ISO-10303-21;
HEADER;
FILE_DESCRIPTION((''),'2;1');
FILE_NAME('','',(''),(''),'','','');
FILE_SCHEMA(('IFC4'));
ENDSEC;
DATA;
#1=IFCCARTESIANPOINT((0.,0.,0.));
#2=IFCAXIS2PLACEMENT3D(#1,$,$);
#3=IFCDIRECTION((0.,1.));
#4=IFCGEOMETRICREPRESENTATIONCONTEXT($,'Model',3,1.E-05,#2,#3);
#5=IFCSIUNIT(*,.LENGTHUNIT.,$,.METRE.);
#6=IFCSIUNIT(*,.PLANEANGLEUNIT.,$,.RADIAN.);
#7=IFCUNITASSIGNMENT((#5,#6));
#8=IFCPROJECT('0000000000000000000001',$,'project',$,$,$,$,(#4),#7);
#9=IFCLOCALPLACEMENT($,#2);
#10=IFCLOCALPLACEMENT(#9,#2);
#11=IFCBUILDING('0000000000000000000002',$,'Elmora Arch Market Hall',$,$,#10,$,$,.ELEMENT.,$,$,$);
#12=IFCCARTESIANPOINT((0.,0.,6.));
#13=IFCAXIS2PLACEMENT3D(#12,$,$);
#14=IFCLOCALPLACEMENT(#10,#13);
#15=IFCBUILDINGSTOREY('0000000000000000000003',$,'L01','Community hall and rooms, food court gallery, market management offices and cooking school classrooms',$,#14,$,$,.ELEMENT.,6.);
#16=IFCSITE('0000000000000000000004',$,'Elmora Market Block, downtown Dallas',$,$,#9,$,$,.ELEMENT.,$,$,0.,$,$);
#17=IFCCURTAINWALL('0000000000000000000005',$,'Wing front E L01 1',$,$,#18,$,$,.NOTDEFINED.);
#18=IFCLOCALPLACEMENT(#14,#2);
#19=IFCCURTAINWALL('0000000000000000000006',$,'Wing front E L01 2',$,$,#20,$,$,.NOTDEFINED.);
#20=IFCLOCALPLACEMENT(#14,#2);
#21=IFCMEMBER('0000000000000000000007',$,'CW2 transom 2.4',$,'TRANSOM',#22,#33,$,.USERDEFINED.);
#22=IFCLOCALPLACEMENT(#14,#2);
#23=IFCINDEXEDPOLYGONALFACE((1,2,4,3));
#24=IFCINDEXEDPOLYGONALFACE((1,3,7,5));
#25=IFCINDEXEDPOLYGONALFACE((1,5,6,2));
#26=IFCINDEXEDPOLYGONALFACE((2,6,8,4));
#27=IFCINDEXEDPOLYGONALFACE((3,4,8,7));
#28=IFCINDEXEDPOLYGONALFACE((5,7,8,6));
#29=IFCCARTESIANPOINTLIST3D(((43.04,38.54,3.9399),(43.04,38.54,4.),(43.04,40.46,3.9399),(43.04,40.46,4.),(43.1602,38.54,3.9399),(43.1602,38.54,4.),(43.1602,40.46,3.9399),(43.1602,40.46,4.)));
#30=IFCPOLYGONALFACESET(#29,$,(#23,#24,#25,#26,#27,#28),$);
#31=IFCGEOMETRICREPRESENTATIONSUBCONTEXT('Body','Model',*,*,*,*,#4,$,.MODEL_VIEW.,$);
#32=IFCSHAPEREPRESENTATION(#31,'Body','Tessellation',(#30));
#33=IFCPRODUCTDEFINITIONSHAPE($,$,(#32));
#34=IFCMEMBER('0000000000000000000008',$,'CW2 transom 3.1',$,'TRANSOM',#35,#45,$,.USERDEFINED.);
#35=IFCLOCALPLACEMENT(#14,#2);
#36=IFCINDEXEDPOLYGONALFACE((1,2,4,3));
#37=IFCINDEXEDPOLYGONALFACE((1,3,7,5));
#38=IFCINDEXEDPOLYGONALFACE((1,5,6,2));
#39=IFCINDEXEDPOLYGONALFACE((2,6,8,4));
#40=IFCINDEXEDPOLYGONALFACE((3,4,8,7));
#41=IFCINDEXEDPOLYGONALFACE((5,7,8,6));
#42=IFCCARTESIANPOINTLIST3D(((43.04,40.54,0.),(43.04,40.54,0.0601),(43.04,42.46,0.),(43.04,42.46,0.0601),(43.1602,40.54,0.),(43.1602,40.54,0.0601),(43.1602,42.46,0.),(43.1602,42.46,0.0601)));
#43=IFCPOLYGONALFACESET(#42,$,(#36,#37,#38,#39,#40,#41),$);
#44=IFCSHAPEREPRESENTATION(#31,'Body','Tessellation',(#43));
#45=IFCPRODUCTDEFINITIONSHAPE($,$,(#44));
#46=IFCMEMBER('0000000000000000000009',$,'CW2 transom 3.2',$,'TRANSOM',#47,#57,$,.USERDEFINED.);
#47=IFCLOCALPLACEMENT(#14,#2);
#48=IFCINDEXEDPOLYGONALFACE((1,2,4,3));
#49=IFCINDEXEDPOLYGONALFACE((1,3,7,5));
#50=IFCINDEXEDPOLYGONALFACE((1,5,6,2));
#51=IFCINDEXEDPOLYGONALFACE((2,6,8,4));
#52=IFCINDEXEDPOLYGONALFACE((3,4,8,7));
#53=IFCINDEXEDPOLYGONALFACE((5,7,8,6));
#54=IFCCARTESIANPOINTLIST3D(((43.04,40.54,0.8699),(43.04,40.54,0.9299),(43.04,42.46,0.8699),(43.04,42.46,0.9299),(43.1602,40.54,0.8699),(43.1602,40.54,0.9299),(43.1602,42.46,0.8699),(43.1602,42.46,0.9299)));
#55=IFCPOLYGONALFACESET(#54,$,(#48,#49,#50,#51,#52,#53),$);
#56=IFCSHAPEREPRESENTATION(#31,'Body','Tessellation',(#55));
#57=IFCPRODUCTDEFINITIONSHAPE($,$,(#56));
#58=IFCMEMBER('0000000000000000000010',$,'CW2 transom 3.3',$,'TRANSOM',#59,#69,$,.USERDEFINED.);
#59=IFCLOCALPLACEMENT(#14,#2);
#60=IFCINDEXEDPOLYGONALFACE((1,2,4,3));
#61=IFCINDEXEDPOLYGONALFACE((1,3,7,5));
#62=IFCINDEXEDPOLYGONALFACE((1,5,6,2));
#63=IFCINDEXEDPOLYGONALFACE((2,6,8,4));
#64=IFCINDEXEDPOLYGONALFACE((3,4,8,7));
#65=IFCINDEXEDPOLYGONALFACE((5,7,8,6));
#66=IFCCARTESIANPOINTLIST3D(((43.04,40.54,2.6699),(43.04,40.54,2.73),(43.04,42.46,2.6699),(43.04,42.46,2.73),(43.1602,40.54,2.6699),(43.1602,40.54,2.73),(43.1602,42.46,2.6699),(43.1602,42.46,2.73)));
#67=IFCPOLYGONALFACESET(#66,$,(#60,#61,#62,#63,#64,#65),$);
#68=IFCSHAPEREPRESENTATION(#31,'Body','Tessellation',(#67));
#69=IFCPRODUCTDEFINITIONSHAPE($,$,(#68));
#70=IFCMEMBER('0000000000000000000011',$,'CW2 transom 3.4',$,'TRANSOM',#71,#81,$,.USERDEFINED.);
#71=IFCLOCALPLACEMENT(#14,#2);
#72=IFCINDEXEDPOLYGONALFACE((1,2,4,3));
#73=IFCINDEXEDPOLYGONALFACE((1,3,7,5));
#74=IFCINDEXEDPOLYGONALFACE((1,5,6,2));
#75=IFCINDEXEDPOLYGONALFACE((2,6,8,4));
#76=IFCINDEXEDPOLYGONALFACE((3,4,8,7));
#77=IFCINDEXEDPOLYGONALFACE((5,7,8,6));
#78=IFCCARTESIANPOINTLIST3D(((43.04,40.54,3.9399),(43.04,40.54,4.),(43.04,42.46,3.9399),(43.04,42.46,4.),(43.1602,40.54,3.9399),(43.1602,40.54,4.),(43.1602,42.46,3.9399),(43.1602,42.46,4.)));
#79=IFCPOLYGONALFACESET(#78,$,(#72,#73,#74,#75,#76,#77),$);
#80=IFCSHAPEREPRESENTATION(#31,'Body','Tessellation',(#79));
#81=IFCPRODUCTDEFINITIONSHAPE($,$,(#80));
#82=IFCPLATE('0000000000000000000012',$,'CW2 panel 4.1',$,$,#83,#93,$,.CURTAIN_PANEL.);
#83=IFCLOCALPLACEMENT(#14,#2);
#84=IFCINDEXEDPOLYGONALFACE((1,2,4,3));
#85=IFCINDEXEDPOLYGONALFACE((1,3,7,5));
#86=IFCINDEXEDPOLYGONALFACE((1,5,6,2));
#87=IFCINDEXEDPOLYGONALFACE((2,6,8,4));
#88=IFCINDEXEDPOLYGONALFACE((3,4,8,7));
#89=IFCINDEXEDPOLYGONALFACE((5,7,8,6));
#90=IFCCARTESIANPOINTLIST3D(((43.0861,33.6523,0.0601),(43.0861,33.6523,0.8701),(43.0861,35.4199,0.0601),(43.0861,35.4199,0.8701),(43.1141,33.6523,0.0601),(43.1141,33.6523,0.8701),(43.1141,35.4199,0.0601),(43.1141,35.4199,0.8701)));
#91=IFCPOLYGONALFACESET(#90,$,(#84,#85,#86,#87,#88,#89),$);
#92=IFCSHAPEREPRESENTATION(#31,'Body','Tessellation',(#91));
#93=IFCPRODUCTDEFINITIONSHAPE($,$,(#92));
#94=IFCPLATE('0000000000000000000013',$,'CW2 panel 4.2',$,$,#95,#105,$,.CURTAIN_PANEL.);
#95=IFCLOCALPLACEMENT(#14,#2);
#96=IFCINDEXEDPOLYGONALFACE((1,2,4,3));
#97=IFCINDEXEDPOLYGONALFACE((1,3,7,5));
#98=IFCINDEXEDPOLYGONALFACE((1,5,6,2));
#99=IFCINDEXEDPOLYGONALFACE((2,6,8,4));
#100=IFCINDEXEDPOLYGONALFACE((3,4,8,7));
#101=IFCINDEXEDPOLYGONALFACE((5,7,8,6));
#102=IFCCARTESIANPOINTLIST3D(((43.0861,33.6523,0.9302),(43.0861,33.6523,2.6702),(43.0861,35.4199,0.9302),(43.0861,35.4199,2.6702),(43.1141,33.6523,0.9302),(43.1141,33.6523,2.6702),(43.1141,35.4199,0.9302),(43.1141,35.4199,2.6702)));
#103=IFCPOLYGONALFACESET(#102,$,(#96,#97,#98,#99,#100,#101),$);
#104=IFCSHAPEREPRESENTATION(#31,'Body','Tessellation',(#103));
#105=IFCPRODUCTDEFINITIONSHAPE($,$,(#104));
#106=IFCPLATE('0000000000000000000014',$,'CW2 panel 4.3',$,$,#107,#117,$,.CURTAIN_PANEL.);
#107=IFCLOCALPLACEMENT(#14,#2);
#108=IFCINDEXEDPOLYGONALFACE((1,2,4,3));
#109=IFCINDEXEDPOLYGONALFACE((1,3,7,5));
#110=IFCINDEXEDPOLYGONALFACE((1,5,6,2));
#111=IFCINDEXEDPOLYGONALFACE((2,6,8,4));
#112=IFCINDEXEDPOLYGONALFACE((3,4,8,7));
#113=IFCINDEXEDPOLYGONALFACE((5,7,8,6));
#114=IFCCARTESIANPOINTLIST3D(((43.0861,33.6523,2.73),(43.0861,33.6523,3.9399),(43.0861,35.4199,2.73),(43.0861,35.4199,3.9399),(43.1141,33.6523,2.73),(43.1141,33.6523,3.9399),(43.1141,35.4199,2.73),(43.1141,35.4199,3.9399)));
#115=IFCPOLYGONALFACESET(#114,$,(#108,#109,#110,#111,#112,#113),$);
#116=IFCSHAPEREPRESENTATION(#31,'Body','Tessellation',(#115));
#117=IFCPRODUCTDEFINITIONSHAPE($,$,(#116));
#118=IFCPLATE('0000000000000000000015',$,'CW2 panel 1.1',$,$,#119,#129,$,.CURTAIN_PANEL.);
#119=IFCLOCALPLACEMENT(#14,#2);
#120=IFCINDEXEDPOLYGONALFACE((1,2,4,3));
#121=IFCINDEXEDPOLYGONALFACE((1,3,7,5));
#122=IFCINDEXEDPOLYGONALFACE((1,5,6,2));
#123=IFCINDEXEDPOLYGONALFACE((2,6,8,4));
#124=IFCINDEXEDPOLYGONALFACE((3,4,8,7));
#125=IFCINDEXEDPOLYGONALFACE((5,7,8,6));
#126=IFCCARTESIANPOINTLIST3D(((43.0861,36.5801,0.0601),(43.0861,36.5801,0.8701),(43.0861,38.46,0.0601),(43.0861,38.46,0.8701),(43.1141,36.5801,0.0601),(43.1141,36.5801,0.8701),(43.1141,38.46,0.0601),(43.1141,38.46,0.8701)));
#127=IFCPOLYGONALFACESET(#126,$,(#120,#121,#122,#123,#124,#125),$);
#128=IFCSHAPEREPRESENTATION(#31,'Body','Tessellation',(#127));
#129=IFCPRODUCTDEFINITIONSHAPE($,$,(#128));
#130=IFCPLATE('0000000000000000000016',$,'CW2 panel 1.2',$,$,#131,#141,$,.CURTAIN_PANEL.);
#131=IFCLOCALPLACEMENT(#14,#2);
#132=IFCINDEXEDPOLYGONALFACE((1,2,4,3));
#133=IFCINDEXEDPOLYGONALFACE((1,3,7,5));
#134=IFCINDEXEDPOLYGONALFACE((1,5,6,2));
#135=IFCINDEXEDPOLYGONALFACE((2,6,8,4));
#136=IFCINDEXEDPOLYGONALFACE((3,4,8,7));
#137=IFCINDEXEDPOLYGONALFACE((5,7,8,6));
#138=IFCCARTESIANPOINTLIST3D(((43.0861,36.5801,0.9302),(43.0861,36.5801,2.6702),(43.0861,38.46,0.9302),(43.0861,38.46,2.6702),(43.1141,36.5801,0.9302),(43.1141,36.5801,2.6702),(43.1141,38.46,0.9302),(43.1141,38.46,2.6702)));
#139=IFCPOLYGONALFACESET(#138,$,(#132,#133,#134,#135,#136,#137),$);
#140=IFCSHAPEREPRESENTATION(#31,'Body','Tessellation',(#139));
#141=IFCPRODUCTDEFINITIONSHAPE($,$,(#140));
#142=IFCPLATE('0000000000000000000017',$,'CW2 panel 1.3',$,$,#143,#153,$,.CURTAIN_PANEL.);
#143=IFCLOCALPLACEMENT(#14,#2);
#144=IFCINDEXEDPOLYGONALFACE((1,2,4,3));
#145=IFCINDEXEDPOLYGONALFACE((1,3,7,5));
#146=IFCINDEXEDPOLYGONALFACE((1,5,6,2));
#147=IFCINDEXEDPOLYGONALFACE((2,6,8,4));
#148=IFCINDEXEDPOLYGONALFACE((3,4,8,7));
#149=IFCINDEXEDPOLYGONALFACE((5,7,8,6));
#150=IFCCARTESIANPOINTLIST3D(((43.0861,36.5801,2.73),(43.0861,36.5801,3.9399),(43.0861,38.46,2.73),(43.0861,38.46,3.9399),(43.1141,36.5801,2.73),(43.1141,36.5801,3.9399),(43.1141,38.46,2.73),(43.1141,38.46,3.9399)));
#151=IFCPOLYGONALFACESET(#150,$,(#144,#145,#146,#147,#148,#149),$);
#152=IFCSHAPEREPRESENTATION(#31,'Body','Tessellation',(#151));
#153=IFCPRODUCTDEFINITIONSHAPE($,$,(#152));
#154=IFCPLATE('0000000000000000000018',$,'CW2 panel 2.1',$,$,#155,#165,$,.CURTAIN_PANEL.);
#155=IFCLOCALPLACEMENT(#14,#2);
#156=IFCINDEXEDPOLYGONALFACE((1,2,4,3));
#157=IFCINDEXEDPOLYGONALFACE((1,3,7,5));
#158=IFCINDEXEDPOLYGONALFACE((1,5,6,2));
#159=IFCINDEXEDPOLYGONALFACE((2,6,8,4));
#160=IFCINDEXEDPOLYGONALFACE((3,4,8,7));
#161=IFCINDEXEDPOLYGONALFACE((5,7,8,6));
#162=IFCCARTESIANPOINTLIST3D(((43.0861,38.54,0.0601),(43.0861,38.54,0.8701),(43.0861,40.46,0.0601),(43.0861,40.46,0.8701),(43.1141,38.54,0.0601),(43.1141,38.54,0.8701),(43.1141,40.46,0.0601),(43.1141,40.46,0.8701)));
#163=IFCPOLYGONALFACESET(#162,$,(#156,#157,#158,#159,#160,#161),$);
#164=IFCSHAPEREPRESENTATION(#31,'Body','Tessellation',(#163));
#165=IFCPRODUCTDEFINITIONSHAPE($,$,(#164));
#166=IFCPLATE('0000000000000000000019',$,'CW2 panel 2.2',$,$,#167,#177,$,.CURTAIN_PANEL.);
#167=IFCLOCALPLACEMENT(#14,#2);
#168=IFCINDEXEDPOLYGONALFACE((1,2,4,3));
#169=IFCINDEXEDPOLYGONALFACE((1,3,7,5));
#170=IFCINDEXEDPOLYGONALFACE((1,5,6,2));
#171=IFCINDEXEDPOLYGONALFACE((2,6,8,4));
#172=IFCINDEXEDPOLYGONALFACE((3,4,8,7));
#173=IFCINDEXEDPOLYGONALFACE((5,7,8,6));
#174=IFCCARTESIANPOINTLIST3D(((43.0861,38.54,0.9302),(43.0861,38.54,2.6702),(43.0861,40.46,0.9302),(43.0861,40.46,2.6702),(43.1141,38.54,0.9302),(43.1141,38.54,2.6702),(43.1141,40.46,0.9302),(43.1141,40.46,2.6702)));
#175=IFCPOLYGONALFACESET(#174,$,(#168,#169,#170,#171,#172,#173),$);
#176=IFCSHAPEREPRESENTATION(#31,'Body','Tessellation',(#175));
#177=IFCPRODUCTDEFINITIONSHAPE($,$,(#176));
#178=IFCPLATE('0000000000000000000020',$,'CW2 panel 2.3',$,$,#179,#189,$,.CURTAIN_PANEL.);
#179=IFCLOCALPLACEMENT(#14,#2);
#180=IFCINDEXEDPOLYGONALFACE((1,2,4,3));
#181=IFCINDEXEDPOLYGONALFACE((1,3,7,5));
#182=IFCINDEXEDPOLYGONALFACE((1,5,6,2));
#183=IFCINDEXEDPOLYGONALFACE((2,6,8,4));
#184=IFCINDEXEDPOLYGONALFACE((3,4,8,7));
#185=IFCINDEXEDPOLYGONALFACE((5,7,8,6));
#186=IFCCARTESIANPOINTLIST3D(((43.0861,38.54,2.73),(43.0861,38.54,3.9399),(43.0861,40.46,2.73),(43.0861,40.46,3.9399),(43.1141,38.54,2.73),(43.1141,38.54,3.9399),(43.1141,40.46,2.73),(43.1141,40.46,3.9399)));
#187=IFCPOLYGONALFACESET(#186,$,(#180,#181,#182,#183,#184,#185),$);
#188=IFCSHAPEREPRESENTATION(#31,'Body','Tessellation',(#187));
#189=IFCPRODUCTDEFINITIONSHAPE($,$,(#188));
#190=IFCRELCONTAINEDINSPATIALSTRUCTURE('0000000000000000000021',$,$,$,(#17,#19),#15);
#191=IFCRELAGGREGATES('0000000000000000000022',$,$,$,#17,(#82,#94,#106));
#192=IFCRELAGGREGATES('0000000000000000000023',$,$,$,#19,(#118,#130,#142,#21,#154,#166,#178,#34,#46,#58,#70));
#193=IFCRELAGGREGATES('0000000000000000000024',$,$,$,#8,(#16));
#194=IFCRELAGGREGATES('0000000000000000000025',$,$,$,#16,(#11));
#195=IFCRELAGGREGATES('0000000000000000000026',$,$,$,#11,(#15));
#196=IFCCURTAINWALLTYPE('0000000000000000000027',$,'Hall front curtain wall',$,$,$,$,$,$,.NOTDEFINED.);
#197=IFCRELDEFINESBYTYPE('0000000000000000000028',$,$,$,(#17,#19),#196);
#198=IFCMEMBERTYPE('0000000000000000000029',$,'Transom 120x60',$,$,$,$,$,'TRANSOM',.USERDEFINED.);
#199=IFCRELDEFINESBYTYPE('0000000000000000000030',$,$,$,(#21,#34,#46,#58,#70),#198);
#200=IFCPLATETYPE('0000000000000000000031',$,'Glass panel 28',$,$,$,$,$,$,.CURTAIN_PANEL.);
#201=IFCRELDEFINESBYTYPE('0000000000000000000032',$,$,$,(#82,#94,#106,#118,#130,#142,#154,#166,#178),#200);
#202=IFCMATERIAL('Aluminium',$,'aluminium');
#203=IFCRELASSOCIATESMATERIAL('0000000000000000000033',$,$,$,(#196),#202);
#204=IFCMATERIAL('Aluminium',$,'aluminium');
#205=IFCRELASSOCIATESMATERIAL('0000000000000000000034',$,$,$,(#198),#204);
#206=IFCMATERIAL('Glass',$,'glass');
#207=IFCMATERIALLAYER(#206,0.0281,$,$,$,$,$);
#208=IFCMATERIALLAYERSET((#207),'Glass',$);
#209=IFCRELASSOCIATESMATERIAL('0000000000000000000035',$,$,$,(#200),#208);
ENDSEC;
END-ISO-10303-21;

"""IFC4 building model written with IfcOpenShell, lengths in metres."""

from ifc_helpers import new_model, si_unit, direction, frame, origin, origin_2d, place, context, subcontext, project, spatial, rectangle, extrude, material, layer, layer_set, material_profile, profile_set, type_object, element, aggregate, save


model = new_model("IFC4")

# Units and contexts
model_context = context("Model", 3, precision=1e-05, world=origin(), true_north=direction((0.0, 1.0)))
body_context = subcontext(model_context, "Body", "Model", "MODEL_VIEW")
ifc_project = project(units=[si_unit("LENGTHUNIT", "METRE"), si_unit("PLANEANGLEUNIT", "RADIAN")], contexts=[model_context])

# Site, building, storey
site_placement = place(None, origin())
site = spatial("IfcSite", under=ifc_project, at=site_placement, Name="Elmora Market Block, downtown Dallas", CompositionType="ELEMENT", RefElevation=0.0)
building_placement = place(site_placement, origin())
building = spatial("IfcBuilding", under=site, at=building_placement, Name="Elmora Arch Market Hall", CompositionType="ELEMENT")
storey_placement = place(building_placement, frame((0.0, 0.0, 6.0)))
storey = spatial("IfcBuildingStorey", under=building, at=storey_placement, Name="L01", Description="Community hall and rooms, food court gallery, market management offices and cooking school classrooms", CompositionType="ELEMENT", Elevation=6.0)

# Curtain wall
ifc_material_1 = material(Name="Aluminium", Category="aluminium")
curtain_wall_type = type_object("IfcCurtainWallType", Name="Hall front curtain wall", PredefinedType="NOTDEFINED", material=ifc_material_1)
curtain_wall_1_placement = place(storey_placement, origin())
curtain_wall_1 = element("IfcCurtainWall", 1, at=curtain_wall_1_placement, inside=storey, type_object=curtain_wall_type, Name="Wing front E L01 1", PredefinedType="NOTDEFINED")

# Curtain wall
curtain_wall_2_placement = place(storey_placement, origin())
curtain_wall_2 = element("IfcCurtainWall", 2, at=curtain_wall_2_placement, inside=storey, type_object=curtain_wall_type, Name="Wing front E L01 2", PredefinedType="NOTDEFINED")

# Members
ifc_material_2 = material(Name="Aluminium", Category="aluminium")
ifc_material_profile_1 = material_profile(ifc_material_2, rectangle(XDim=0.1201, YDim=0.0601, at=origin_2d()), Name="AL 120x60")
ifc_profile_set_1 = profile_set([ifc_material_profile_1], Name="Aluminium")
member_type_1 = type_object("IfcMemberType", Name="Transom 120x60", ElementType="TRANSOM", PredefinedType="USERDEFINED", material=ifc_profile_set_1)
member_1_placement = place(storey_placement, frame((43.1001, 38.54, 3.97), z_axis=(0.0, 1.0, 0.0), x_axis=(-1.0, 0.0, 0.0)))
member_1 = element("IfcMember", 3, at=member_1_placement, type_object=member_type_1, Name="CW2 transom 2.4", ObjectType="TRANSOM", PredefinedType="USERDEFINED", context=body_context, shape_type="SweptSolid", body=[
    extrude(rectangle(XDim=0.1201, YDim=0.0601, at=origin_2d()), origin(), (0.0, 0.0, 1.0), 1.9199),
])
member_2_placement = place(storey_placement, frame((43.1001, 40.54, 0.03), z_axis=(0.0, 1.0, 0.0), x_axis=(-1.0, 0.0, 0.0)))
member_2 = element("IfcMember", 4, at=member_2_placement, type_object=member_type_1, Name="CW2 transom 3.1", ObjectType="TRANSOM", PredefinedType="USERDEFINED", context=body_context, shape_type="SweptSolid", body=[
    extrude(rectangle(XDim=0.1201, YDim=0.0601, at=origin_2d()), origin(), (0.0, 0.0, 1.0), 1.9199),
])
member_3_placement = place(storey_placement, frame((43.1001, 40.54, 0.8999), z_axis=(0.0, 1.0, 0.0), x_axis=(-1.0, 0.0, 0.0)))
member_3 = element("IfcMember", 5, at=member_3_placement, type_object=member_type_1, Name="CW2 transom 3.2", ObjectType="TRANSOM", PredefinedType="USERDEFINED", context=body_context, shape_type="SweptSolid", body=[
    extrude(rectangle(XDim=0.1201, YDim=0.0601, at=origin_2d()), origin(), (0.0, 0.0, 1.0), 1.9199),
])
member_4_placement = place(storey_placement, frame((43.1001, 40.54, 2.7), z_axis=(0.0, 1.0, 0.0), x_axis=(-1.0, 0.0, 0.0)))
member_4 = element("IfcMember", 6, at=member_4_placement, type_object=member_type_1, Name="CW2 transom 3.3", ObjectType="TRANSOM", PredefinedType="USERDEFINED", context=body_context, shape_type="SweptSolid", body=[
    extrude(rectangle(XDim=0.1201, YDim=0.0601, at=origin_2d()), origin(), (0.0, 0.0, 1.0), 1.9199),
])
member_5_placement = place(storey_placement, frame((43.1001, 40.54, 3.97), z_axis=(0.0, 1.0, 0.0), x_axis=(-1.0, 0.0, 0.0)))
member_5 = element("IfcMember", 7, at=member_5_placement, type_object=member_type_1, Name="CW2 transom 3.4", ObjectType="TRANSOM", PredefinedType="USERDEFINED", context=body_context, shape_type="SweptSolid", body=[
    extrude(rectangle(XDim=0.1201, YDim=0.0601, at=origin_2d()), origin(), (0.0, 0.0, 1.0), 1.9199),
])

# Plates
ifc_material_3 = material(Name="Glass", Category="glass")
ifc_layer = layer(ifc_material_3, 0.0281)
ifc_layer_set = layer_set([ifc_layer], Name="Glass")
plate_type = type_object("IfcPlateType", Name="Glass panel 28", PredefinedType="CURTAIN_PANEL", material=ifc_layer_set)
plate_1_placement = place(storey_placement, frame((43.1001, 34.5361, 0.0601), z_axis=(0.0, 0.0, 1.0), x_axis=(0.0, 1.0, 0.0)))
plate_1 = element("IfcPlate", 8, at=plate_1_placement, type_object=plate_type, Name="CW2 panel 4.1", PredefinedType="CURTAIN_PANEL", context=body_context, shape_type="SweptSolid", body=[
    extrude(rectangle(XDim=1.7676, YDim=0.0281, at=origin_2d()), origin(), (0.0, 0.0, 1.0), 0.8101),
])
plate_2_placement = place(storey_placement, frame((43.1001, 34.5361, 0.9302), z_axis=(0.0, 0.0, 1.0), x_axis=(0.0, 1.0, 0.0)))
plate_2 = element("IfcPlate", 9, at=plate_2_placement, type_object=plate_type, Name="CW2 panel 4.2", PredefinedType="CURTAIN_PANEL", context=body_context, shape_type="SweptSolid", body=[
    extrude(rectangle(XDim=1.7676, YDim=0.0281, at=origin_2d()), origin(), (0.0, 0.0, 1.0), 1.74),
])
plate_3_placement = place(storey_placement, frame((43.1001, 34.5361, 2.73), z_axis=(0.0, 0.0, 1.0), x_axis=(0.0, 1.0, 0.0)))
plate_3 = element("IfcPlate", 10, at=plate_3_placement, type_object=plate_type, Name="CW2 panel 4.3", PredefinedType="CURTAIN_PANEL", context=body_context, shape_type="SweptSolid", body=[
    extrude(rectangle(XDim=1.7676, YDim=0.0281, at=origin_2d()), origin(), (0.0, 0.0, 1.0), 1.21),
])
aggregate(curtain_wall_1, [plate_1, plate_2, plate_3])
plate_4_placement = place(storey_placement, frame((43.1001, 37.52, 0.0601), z_axis=(0.0, 0.0, 1.0), x_axis=(0.0, 1.0, 0.0)))
plate_4 = element("IfcPlate", 11, at=plate_4_placement, type_object=plate_type, Name="CW2 panel 1.1", PredefinedType="CURTAIN_PANEL", context=body_context, shape_type="SweptSolid", body=[
    extrude(rectangle(XDim=1.8799, YDim=0.0281, at=origin_2d()), origin(), (0.0, 0.0, 1.0), 0.8101),
])
plate_5_placement = place(storey_placement, frame((43.1001, 37.52, 0.9302), z_axis=(0.0, 0.0, 1.0), x_axis=(0.0, 1.0, 0.0)))
plate_5 = element("IfcPlate", 12, at=plate_5_placement, type_object=plate_type, Name="CW2 panel 1.2", PredefinedType="CURTAIN_PANEL", context=body_context, shape_type="SweptSolid", body=[
    extrude(rectangle(XDim=1.8799, YDim=0.0281, at=origin_2d()), origin(), (0.0, 0.0, 1.0), 1.74),
])
plate_6_placement = place(storey_placement, frame((43.1001, 37.52, 2.73), z_axis=(0.0, 0.0, 1.0), x_axis=(0.0, 1.0, 0.0)))
plate_6 = element("IfcPlate", 13, at=plate_6_placement, type_object=plate_type, Name="CW2 panel 1.3", PredefinedType="CURTAIN_PANEL", context=body_context, shape_type="SweptSolid", body=[
    extrude(rectangle(XDim=1.8799, YDim=0.0281, at=origin_2d()), origin(), (0.0, 0.0, 1.0), 1.21),
])
plate_7_placement = place(storey_placement, frame((43.1001, 39.5, 0.0601), z_axis=(0.0, 0.0, 1.0), x_axis=(0.0, 1.0, 0.0)))
plate_7 = element("IfcPlate", 14, at=plate_7_placement, type_object=plate_type, Name="CW2 panel 2.1", PredefinedType="CURTAIN_PANEL", context=body_context, shape_type="SweptSolid", body=[
    extrude(rectangle(XDim=1.9199, YDim=0.0281, at=origin_2d()), origin(), (0.0, 0.0, 1.0), 0.8101),
])
plate_8_placement = place(storey_placement, frame((43.1001, 39.5, 0.9302), z_axis=(0.0, 0.0, 1.0), x_axis=(0.0, 1.0, 0.0)))
plate_8 = element("IfcPlate", 15, at=plate_8_placement, type_object=plate_type, Name="CW2 panel 2.2", PredefinedType="CURTAIN_PANEL", context=body_context, shape_type="SweptSolid", body=[
    extrude(rectangle(XDim=1.9199, YDim=0.0281, at=origin_2d()), origin(), (0.0, 0.0, 1.0), 1.74),
])
plate_9_placement = place(storey_placement, frame((43.1001, 39.5, 2.73), z_axis=(0.0, 0.0, 1.0), x_axis=(0.0, 1.0, 0.0)))
plate_9 = element("IfcPlate", 16, at=plate_9_placement, type_object=plate_type, Name="CW2 panel 2.3", PredefinedType="CURTAIN_PANEL", context=body_context, shape_type="SweptSolid", body=[
    extrude(rectangle(XDim=1.9199, YDim=0.0281, at=origin_2d()), origin(), (0.0, 0.0, 1.0), 1.21),
])
aggregate(curtain_wall_2, [plate_4, plate_5, plate_6, member_1, plate_7, plate_8, plate_9, member_2, member_3, member_4, member_5])

save(model, "model.ifc")
